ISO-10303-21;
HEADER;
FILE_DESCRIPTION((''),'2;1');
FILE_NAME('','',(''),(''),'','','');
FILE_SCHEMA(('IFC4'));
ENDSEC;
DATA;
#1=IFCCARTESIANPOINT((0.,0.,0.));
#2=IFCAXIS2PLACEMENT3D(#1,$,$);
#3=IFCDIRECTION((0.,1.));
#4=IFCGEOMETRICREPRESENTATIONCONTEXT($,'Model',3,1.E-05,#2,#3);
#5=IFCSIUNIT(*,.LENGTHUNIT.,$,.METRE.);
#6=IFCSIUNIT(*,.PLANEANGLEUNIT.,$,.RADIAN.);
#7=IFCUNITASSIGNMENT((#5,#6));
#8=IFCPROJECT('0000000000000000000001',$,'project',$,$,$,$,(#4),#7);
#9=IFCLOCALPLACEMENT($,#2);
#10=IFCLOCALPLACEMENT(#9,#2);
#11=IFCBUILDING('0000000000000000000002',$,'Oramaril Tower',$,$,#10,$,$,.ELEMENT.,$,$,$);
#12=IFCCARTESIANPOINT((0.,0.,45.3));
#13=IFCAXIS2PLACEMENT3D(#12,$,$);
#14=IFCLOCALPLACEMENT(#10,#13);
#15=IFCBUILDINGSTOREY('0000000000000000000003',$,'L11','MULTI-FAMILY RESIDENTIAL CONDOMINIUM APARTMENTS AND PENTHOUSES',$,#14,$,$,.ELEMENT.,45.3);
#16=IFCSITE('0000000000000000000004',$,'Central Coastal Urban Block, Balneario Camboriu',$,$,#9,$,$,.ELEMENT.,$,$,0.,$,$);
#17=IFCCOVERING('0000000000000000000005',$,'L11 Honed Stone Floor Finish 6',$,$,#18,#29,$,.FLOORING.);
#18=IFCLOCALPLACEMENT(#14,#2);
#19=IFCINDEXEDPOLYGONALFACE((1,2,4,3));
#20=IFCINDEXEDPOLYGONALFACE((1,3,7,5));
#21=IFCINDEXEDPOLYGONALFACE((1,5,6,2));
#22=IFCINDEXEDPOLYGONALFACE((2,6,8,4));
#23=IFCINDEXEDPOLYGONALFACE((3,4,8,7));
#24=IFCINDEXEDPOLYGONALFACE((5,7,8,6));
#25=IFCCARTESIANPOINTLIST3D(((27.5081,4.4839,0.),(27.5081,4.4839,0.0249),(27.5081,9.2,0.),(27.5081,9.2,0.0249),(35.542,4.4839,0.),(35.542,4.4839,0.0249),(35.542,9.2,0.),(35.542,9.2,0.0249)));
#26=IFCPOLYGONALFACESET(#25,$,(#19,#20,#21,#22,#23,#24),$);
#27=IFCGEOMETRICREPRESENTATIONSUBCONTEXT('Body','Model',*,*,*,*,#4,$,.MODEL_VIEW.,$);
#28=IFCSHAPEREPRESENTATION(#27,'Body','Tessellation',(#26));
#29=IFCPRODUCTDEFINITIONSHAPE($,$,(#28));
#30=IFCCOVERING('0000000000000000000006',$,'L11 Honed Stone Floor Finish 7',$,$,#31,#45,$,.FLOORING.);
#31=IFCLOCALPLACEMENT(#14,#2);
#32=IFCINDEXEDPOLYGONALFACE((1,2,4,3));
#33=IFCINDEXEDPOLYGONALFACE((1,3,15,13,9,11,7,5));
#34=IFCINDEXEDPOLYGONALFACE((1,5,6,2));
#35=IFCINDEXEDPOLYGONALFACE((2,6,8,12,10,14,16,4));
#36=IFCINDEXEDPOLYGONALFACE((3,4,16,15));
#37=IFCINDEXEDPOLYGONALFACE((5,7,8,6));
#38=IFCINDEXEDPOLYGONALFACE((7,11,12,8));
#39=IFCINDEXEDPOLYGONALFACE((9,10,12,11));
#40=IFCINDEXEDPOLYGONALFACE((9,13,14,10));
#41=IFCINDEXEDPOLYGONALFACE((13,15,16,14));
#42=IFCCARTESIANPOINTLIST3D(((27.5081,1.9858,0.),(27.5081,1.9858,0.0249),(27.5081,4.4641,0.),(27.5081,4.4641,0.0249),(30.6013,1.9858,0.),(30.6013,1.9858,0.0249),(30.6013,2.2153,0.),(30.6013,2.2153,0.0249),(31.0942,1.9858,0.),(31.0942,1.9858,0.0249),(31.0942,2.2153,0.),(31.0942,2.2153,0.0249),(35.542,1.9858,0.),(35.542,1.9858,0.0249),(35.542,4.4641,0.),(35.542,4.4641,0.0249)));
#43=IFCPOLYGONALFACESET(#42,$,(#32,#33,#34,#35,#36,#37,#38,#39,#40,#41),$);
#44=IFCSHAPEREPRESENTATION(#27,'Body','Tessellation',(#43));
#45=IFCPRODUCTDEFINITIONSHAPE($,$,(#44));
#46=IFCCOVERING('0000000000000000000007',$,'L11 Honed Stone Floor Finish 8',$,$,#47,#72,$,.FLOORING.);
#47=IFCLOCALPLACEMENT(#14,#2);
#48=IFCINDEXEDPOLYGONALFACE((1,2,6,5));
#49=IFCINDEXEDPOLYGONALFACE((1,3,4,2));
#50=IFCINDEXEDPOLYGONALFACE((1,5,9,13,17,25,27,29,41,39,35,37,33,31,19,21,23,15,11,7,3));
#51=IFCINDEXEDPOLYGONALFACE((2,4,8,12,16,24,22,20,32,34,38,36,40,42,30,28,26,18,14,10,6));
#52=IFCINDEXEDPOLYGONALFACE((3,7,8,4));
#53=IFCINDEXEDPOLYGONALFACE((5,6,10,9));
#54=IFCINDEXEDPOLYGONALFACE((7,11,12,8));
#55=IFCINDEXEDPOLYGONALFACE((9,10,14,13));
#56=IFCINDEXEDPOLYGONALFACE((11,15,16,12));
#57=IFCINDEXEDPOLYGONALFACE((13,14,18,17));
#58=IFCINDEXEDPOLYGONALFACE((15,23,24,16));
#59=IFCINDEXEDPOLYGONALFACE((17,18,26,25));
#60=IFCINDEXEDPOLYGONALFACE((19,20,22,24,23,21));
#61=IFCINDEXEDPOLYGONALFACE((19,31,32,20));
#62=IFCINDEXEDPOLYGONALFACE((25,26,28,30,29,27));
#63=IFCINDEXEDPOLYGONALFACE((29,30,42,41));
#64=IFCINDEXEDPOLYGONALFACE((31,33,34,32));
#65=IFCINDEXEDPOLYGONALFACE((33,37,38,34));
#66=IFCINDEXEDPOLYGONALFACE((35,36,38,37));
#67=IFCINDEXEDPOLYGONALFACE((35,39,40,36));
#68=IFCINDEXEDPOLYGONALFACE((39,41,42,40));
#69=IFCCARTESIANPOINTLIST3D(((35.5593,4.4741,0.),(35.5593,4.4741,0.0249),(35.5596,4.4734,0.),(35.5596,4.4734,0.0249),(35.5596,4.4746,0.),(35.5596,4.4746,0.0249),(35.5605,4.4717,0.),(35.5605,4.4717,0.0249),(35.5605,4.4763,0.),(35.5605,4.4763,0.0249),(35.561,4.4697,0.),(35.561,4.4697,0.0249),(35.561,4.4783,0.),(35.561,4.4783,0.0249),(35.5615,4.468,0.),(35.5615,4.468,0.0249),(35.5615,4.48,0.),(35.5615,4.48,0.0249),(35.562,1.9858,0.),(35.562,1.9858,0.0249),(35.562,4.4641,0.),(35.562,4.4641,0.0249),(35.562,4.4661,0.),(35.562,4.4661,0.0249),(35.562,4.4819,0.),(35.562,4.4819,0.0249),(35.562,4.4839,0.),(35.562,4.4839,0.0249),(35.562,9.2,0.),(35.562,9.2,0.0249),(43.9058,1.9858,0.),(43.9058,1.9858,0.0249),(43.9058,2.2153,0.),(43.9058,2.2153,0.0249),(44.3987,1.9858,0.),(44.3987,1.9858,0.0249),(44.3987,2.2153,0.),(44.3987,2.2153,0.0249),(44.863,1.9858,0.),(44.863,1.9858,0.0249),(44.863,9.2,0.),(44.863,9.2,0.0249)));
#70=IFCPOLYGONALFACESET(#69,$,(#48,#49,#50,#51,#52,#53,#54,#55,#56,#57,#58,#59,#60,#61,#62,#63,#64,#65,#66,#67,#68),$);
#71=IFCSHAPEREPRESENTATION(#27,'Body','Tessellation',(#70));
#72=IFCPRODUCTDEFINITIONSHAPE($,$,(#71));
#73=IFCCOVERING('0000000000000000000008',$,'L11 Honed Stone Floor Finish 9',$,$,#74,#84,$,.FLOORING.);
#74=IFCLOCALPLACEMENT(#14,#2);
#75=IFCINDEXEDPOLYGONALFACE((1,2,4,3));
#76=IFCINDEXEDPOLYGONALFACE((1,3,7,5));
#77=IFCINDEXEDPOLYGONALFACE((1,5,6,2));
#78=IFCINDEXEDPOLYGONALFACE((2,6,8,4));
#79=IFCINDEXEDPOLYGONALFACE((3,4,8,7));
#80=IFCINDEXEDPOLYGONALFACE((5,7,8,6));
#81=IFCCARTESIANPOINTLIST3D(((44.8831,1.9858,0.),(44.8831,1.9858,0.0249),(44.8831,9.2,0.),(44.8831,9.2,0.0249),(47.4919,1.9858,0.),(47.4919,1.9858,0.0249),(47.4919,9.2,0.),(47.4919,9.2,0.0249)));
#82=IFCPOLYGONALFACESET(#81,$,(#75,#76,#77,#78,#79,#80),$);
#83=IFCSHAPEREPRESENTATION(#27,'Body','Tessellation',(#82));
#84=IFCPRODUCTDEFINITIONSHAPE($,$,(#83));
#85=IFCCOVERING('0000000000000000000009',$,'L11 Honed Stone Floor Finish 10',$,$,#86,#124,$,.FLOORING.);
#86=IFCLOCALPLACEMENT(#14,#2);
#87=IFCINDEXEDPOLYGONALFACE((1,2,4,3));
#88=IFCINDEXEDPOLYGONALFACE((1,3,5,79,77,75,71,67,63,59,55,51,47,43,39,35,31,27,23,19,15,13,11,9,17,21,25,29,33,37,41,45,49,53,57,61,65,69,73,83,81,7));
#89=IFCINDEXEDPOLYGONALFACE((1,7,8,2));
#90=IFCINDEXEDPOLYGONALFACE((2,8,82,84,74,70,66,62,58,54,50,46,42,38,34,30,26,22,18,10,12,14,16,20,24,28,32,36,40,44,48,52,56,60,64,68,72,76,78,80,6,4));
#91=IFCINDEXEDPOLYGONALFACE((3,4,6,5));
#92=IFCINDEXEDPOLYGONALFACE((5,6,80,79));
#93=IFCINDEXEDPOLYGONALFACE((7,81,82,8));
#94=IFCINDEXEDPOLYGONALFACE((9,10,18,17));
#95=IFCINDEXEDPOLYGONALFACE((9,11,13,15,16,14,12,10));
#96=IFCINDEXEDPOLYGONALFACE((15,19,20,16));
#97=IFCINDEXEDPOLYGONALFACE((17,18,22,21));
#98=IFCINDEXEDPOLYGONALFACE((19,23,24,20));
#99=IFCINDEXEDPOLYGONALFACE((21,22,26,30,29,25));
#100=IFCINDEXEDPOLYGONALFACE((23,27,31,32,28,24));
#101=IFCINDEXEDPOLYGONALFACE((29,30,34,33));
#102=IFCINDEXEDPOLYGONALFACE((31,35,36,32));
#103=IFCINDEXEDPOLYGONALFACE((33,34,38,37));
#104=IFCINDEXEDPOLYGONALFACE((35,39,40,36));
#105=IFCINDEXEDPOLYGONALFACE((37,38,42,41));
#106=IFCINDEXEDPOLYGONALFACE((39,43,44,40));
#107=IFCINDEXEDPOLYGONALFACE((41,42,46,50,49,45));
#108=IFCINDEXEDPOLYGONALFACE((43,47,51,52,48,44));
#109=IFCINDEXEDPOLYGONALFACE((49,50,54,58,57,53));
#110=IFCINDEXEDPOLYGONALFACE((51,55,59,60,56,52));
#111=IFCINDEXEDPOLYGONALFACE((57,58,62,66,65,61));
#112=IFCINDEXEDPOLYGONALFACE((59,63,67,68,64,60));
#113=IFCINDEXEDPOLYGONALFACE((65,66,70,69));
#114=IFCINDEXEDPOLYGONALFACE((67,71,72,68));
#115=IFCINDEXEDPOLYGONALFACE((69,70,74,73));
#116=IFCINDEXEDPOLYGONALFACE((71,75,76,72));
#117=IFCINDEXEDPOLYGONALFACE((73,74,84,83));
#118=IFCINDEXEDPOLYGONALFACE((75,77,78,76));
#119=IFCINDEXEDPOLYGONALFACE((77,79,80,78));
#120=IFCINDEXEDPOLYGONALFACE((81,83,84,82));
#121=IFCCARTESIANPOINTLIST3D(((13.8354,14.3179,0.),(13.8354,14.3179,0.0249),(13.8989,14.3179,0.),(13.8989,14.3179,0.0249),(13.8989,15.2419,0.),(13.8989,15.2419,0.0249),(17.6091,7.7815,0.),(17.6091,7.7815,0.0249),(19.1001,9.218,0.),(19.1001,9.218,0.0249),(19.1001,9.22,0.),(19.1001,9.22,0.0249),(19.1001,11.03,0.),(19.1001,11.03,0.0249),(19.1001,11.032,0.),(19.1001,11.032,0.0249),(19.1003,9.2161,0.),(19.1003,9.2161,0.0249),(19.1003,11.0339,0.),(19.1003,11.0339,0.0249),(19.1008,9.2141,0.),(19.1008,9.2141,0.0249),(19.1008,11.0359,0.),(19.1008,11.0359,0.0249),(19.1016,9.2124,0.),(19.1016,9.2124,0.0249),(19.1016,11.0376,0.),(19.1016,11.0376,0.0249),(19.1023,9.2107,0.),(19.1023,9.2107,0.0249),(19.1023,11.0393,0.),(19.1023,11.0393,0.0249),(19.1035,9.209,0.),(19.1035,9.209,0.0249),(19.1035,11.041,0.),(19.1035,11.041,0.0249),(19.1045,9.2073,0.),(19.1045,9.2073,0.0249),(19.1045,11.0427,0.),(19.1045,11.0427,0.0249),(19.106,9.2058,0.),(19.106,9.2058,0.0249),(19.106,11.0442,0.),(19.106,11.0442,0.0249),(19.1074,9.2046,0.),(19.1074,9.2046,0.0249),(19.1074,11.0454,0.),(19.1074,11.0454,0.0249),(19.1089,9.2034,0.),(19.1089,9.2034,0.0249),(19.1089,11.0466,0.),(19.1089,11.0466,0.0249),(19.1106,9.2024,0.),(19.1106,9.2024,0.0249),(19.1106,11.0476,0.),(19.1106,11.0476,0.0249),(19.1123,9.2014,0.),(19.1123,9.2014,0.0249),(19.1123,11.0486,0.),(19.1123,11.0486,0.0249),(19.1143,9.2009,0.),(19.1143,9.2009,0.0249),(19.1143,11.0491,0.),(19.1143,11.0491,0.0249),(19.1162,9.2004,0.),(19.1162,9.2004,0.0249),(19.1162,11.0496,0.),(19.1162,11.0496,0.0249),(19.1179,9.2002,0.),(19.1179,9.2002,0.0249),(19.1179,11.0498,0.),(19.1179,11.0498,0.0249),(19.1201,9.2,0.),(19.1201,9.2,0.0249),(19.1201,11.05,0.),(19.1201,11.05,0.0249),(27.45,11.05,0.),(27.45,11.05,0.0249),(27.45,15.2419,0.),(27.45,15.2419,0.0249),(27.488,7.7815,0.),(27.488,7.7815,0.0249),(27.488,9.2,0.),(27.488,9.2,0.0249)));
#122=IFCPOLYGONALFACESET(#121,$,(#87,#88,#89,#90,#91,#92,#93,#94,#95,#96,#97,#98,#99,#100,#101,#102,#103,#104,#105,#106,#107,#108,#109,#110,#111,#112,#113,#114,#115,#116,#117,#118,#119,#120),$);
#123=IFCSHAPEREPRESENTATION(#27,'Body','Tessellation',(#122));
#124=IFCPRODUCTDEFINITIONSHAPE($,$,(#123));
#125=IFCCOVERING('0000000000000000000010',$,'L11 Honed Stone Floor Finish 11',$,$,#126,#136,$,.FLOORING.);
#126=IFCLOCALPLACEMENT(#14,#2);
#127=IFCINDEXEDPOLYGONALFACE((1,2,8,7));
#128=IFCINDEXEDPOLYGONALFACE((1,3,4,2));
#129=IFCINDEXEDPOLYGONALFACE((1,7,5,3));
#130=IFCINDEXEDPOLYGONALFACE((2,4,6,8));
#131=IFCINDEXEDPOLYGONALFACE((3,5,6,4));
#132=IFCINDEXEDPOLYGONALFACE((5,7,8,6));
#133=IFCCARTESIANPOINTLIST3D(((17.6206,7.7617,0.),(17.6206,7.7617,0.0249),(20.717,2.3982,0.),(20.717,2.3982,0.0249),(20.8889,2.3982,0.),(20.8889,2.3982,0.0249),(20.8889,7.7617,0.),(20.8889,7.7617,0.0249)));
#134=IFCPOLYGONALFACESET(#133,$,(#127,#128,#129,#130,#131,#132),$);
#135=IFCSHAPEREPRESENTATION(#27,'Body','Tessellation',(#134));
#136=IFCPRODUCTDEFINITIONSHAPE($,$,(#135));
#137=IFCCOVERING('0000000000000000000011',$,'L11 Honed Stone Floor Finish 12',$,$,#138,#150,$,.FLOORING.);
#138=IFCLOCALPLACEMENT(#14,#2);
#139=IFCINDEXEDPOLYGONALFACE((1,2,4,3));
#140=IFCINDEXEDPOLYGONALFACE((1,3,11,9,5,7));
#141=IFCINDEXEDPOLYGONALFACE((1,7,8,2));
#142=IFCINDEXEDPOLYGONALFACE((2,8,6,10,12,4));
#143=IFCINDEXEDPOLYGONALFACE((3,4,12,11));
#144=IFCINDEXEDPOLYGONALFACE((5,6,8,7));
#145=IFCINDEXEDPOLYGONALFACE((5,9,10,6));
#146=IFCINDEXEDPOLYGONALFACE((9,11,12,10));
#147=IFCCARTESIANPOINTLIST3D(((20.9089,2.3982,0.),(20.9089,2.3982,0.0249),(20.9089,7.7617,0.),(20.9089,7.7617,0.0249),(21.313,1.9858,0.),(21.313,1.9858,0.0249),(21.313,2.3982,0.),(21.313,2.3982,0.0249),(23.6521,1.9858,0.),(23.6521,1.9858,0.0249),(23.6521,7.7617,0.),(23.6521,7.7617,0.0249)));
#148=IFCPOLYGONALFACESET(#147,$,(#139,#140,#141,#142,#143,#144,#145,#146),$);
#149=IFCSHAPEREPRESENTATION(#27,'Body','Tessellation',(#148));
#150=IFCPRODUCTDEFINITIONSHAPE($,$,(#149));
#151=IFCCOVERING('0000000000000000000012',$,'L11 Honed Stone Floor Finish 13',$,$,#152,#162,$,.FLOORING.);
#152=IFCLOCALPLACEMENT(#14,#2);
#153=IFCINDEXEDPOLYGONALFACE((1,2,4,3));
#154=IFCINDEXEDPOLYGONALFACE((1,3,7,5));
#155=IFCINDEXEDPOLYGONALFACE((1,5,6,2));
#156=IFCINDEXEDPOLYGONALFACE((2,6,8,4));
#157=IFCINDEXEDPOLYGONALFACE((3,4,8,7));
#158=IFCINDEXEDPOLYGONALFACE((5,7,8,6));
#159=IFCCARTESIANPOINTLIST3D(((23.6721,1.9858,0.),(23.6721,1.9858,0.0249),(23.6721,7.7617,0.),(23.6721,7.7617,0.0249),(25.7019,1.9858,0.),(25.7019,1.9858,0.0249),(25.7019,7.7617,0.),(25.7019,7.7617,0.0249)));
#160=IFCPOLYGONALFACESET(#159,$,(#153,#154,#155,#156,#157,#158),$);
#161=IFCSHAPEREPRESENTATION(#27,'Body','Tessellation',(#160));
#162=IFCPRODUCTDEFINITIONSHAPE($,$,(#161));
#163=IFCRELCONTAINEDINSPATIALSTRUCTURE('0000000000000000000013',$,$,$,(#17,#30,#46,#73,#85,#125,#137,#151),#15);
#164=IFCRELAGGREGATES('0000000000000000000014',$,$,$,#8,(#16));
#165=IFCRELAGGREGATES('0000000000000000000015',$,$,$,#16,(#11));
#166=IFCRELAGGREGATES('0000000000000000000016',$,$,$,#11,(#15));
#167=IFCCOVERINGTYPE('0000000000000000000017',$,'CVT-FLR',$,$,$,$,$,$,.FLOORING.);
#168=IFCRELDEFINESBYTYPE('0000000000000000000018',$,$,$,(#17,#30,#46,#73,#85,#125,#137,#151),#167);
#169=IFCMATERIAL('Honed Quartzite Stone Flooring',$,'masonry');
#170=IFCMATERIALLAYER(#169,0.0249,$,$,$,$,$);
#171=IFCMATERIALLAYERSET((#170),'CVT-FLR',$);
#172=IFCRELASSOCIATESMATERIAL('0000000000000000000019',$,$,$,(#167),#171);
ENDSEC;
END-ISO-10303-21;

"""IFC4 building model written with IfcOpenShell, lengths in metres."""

from ifc_helpers import new_model, si_unit, direction, frame, origin, place, context, subcontext, project, spatial, polyline, outline, extrude, material, layer, layer_set, type_object, element, save


model = new_model("IFC4")

# Units and contexts
model_context = context("Model", 3, precision=1e-05, world=origin(), true_north=direction((0.0, 1.0)))
body_context = subcontext(model_context, "Body", "Model", "MODEL_VIEW")
ifc_project = project(units=[si_unit("LENGTHUNIT", "METRE"), si_unit("PLANEANGLEUNIT", "RADIAN")], contexts=[model_context])

# Site, building, storey
site_placement = place(None, origin())
site = spatial("IfcSite", under=ifc_project, at=site_placement, Name="Central Coastal Urban Block, Balneario Camboriu", CompositionType="ELEMENT", RefElevation=0.0)
building_placement = place(site_placement, origin())
building = spatial("IfcBuilding", under=site, at=building_placement, Name="Oramaril Tower", CompositionType="ELEMENT")
storey_placement = place(building_placement, frame((0.0, 0.0, 45.3)))
storey = spatial("IfcBuildingStorey", under=building, at=storey_placement, Name="L11", Description="MULTI-FAMILY RESIDENTIAL CONDOMINIUM APARTMENTS AND PENTHOUSES", CompositionType="ELEMENT", Elevation=45.3)

# Coverings
ifc_material_1 = material(Name="Honed Quartzite Stone Flooring", Category="masonry")
ifc_layer_1 = layer(ifc_material_1, 0.0249)
ifc_layer_set_1 = layer_set([ifc_layer_1], Name="CVT-FLR")
covering_type_1 = type_object("IfcCoveringType", Name="CVT-FLR", PredefinedType="FLOORING", material=ifc_layer_set_1)
covering_1_placement = place(storey_placement, origin())
element("IfcCovering", 1, at=covering_1_placement, inside=storey, type_object=covering_type_1, Name="L11 Honed Stone Floor Finish 6", PredefinedType="FLOORING", context=body_context, shape_type="SweptSolid", body=[
    extrude(outline(polyline([(27.5081, 9.2), (35.542, 9.2), (35.542, 4.4839), (27.5081, 4.4839), (27.5081, 9.2)])), origin(), (0.0, 0.0, 1.0), 0.0249),
])
covering_2_placement = place(storey_placement, origin())
element("IfcCovering", 2, at=covering_2_placement, inside=storey, type_object=covering_type_1, Name="L11 Honed Stone Floor Finish 7", PredefinedType="FLOORING", context=body_context, shape_type="SweptSolid", body=[
    extrude(outline(polyline([(31.0942, 2.2153), (30.6013, 2.2153), (30.6013, 1.9858), (27.5081, 1.9858), (27.5081, 4.4641), (35.542, 4.4641), (35.542, 1.9858), (31.0942, 1.9858), (31.0942, 2.2153)])), origin(), (0.0, 0.0, 1.0), 0.0249),
])
covering_3_placement = place(storey_placement, origin())
element("IfcCovering", 3, at=covering_3_placement, inside=storey, type_object=covering_type_1, Name="L11 Honed Stone Floor Finish 8", PredefinedType="FLOORING", context=body_context, shape_type="SweptSolid", body=[
    extrude(outline(polyline([(44.3987, 1.9858), (44.3987, 2.2153), (43.9058, 2.2153), (43.9058, 1.9858), (35.562, 1.9858), (35.562, 4.4641), (35.562, 4.4661), (35.5615, 4.468), (35.561, 4.4697), (35.5605, 4.4717), (35.5596, 4.4734), (35.5593, 4.4741), (35.5596, 4.4746), (35.5605, 4.4763), (35.561, 4.4783), (35.5615, 4.48), (35.562, 4.4819), (35.562, 4.4839), (35.562, 9.2), (44.863, 9.2), (44.863, 1.9858), (44.3987, 1.9858)])), origin(), (0.0, 0.0, 1.0), 0.0249),
])
covering_4_placement = place(storey_placement, origin())
element("IfcCovering", 4, at=covering_4_placement, inside=storey, type_object=covering_type_1, Name="L11 Honed Stone Floor Finish 9", PredefinedType="FLOORING", context=body_context, shape_type="SweptSolid", body=[
    extrude(outline(polyline([(47.4919, 1.9858), (44.8831, 1.9858), (44.8831, 9.2), (47.4919, 9.2), (47.4919, 1.9858)])), origin(), (0.0, 0.0, 1.0), 0.0249),
])
covering_5_placement = place(storey_placement, origin())
element("IfcCovering", 5, at=covering_5_placement, inside=storey, type_object=covering_type_1, Name="L11 Honed Stone Floor Finish 10", PredefinedType="FLOORING", context=body_context, shape_type="SweptSolid", body=[
    extrude(outline(polyline([(17.6091, 7.7815), (13.8354, 14.3179), (13.8989, 14.3179), (13.8989, 15.2419), (27.45, 15.2419), (27.45, 11.05), (19.1201, 11.05), (19.1179, 11.0498), (19.1162, 11.0496), (19.1143, 11.0491), (19.1123, 11.0486), (19.1106, 11.0476), (19.1089, 11.0466), (19.1074, 11.0454), (19.106, 11.0442), (19.1045, 11.0427), (19.1035, 11.041), (19.1023, 11.0393), (19.1016, 11.0376), (19.1008, 11.0359), (19.1003, 11.0339), (19.1001, 11.032), (19.1001, 11.03), (19.1001, 9.22), (19.1001, 9.218), (19.1003, 9.2161), (19.1008, 9.2141), (19.1016, 9.2124), (19.1023, 9.2107), (19.1035, 9.209), (19.1045, 9.2073), (19.106, 9.2058), (19.1074, 9.2046), (19.1089, 9.2034), (19.1106, 9.2024), (19.1123, 9.2014), (19.1143, 9.2009), (19.1162, 9.2004), (19.1179, 9.2002), (19.1201, 9.2), (27.488, 9.2), (27.488, 7.7815), (17.6091, 7.7815)])), origin(), (0.0, 0.0, 1.0), 0.0249),
])
covering_6_placement = place(storey_placement, origin())
element("IfcCovering", 6, at=covering_6_placement, inside=storey, type_object=covering_type_1, Name="L11 Honed Stone Floor Finish 11", PredefinedType="FLOORING", context=body_context, shape_type="SweptSolid", body=[
    extrude(outline(polyline([(20.717, 2.3982), (17.6206, 7.7617), (20.8889, 7.7617), (20.8889, 2.3982), (20.717, 2.3982)])), origin(), (0.0, 0.0, 1.0), 0.0249),
])
covering_7_placement = place(storey_placement, origin())
element("IfcCovering", 7, at=covering_7_placement, inside=storey, type_object=covering_type_1, Name="L11 Honed Stone Floor Finish 12", PredefinedType="FLOORING", context=body_context, shape_type="SweptSolid", body=[
    extrude(outline(polyline([(21.313, 1.9858), (21.313, 2.3982), (20.9089, 2.3982), (20.9089, 7.7617), (23.6521, 7.7617), (23.6521, 1.9858), (21.313, 1.9858)])), origin(), (0.0, 0.0, 1.0), 0.0249),
])
covering_8_placement = place(storey_placement, origin())
element("IfcCovering", 8, at=covering_8_placement, inside=storey, type_object=covering_type_1, Name="L11 Honed Stone Floor Finish 13", PredefinedType="FLOORING", context=body_context, shape_type="SweptSolid", body=[
    extrude(outline(polyline([(23.6721, 1.9858), (23.6721, 7.7617), (25.7019, 7.7617), (25.7019, 1.9858), (23.6721, 1.9858)])), origin(), (0.0, 0.0, 1.0), 0.0249),
])

save(model, "model.ifc")
